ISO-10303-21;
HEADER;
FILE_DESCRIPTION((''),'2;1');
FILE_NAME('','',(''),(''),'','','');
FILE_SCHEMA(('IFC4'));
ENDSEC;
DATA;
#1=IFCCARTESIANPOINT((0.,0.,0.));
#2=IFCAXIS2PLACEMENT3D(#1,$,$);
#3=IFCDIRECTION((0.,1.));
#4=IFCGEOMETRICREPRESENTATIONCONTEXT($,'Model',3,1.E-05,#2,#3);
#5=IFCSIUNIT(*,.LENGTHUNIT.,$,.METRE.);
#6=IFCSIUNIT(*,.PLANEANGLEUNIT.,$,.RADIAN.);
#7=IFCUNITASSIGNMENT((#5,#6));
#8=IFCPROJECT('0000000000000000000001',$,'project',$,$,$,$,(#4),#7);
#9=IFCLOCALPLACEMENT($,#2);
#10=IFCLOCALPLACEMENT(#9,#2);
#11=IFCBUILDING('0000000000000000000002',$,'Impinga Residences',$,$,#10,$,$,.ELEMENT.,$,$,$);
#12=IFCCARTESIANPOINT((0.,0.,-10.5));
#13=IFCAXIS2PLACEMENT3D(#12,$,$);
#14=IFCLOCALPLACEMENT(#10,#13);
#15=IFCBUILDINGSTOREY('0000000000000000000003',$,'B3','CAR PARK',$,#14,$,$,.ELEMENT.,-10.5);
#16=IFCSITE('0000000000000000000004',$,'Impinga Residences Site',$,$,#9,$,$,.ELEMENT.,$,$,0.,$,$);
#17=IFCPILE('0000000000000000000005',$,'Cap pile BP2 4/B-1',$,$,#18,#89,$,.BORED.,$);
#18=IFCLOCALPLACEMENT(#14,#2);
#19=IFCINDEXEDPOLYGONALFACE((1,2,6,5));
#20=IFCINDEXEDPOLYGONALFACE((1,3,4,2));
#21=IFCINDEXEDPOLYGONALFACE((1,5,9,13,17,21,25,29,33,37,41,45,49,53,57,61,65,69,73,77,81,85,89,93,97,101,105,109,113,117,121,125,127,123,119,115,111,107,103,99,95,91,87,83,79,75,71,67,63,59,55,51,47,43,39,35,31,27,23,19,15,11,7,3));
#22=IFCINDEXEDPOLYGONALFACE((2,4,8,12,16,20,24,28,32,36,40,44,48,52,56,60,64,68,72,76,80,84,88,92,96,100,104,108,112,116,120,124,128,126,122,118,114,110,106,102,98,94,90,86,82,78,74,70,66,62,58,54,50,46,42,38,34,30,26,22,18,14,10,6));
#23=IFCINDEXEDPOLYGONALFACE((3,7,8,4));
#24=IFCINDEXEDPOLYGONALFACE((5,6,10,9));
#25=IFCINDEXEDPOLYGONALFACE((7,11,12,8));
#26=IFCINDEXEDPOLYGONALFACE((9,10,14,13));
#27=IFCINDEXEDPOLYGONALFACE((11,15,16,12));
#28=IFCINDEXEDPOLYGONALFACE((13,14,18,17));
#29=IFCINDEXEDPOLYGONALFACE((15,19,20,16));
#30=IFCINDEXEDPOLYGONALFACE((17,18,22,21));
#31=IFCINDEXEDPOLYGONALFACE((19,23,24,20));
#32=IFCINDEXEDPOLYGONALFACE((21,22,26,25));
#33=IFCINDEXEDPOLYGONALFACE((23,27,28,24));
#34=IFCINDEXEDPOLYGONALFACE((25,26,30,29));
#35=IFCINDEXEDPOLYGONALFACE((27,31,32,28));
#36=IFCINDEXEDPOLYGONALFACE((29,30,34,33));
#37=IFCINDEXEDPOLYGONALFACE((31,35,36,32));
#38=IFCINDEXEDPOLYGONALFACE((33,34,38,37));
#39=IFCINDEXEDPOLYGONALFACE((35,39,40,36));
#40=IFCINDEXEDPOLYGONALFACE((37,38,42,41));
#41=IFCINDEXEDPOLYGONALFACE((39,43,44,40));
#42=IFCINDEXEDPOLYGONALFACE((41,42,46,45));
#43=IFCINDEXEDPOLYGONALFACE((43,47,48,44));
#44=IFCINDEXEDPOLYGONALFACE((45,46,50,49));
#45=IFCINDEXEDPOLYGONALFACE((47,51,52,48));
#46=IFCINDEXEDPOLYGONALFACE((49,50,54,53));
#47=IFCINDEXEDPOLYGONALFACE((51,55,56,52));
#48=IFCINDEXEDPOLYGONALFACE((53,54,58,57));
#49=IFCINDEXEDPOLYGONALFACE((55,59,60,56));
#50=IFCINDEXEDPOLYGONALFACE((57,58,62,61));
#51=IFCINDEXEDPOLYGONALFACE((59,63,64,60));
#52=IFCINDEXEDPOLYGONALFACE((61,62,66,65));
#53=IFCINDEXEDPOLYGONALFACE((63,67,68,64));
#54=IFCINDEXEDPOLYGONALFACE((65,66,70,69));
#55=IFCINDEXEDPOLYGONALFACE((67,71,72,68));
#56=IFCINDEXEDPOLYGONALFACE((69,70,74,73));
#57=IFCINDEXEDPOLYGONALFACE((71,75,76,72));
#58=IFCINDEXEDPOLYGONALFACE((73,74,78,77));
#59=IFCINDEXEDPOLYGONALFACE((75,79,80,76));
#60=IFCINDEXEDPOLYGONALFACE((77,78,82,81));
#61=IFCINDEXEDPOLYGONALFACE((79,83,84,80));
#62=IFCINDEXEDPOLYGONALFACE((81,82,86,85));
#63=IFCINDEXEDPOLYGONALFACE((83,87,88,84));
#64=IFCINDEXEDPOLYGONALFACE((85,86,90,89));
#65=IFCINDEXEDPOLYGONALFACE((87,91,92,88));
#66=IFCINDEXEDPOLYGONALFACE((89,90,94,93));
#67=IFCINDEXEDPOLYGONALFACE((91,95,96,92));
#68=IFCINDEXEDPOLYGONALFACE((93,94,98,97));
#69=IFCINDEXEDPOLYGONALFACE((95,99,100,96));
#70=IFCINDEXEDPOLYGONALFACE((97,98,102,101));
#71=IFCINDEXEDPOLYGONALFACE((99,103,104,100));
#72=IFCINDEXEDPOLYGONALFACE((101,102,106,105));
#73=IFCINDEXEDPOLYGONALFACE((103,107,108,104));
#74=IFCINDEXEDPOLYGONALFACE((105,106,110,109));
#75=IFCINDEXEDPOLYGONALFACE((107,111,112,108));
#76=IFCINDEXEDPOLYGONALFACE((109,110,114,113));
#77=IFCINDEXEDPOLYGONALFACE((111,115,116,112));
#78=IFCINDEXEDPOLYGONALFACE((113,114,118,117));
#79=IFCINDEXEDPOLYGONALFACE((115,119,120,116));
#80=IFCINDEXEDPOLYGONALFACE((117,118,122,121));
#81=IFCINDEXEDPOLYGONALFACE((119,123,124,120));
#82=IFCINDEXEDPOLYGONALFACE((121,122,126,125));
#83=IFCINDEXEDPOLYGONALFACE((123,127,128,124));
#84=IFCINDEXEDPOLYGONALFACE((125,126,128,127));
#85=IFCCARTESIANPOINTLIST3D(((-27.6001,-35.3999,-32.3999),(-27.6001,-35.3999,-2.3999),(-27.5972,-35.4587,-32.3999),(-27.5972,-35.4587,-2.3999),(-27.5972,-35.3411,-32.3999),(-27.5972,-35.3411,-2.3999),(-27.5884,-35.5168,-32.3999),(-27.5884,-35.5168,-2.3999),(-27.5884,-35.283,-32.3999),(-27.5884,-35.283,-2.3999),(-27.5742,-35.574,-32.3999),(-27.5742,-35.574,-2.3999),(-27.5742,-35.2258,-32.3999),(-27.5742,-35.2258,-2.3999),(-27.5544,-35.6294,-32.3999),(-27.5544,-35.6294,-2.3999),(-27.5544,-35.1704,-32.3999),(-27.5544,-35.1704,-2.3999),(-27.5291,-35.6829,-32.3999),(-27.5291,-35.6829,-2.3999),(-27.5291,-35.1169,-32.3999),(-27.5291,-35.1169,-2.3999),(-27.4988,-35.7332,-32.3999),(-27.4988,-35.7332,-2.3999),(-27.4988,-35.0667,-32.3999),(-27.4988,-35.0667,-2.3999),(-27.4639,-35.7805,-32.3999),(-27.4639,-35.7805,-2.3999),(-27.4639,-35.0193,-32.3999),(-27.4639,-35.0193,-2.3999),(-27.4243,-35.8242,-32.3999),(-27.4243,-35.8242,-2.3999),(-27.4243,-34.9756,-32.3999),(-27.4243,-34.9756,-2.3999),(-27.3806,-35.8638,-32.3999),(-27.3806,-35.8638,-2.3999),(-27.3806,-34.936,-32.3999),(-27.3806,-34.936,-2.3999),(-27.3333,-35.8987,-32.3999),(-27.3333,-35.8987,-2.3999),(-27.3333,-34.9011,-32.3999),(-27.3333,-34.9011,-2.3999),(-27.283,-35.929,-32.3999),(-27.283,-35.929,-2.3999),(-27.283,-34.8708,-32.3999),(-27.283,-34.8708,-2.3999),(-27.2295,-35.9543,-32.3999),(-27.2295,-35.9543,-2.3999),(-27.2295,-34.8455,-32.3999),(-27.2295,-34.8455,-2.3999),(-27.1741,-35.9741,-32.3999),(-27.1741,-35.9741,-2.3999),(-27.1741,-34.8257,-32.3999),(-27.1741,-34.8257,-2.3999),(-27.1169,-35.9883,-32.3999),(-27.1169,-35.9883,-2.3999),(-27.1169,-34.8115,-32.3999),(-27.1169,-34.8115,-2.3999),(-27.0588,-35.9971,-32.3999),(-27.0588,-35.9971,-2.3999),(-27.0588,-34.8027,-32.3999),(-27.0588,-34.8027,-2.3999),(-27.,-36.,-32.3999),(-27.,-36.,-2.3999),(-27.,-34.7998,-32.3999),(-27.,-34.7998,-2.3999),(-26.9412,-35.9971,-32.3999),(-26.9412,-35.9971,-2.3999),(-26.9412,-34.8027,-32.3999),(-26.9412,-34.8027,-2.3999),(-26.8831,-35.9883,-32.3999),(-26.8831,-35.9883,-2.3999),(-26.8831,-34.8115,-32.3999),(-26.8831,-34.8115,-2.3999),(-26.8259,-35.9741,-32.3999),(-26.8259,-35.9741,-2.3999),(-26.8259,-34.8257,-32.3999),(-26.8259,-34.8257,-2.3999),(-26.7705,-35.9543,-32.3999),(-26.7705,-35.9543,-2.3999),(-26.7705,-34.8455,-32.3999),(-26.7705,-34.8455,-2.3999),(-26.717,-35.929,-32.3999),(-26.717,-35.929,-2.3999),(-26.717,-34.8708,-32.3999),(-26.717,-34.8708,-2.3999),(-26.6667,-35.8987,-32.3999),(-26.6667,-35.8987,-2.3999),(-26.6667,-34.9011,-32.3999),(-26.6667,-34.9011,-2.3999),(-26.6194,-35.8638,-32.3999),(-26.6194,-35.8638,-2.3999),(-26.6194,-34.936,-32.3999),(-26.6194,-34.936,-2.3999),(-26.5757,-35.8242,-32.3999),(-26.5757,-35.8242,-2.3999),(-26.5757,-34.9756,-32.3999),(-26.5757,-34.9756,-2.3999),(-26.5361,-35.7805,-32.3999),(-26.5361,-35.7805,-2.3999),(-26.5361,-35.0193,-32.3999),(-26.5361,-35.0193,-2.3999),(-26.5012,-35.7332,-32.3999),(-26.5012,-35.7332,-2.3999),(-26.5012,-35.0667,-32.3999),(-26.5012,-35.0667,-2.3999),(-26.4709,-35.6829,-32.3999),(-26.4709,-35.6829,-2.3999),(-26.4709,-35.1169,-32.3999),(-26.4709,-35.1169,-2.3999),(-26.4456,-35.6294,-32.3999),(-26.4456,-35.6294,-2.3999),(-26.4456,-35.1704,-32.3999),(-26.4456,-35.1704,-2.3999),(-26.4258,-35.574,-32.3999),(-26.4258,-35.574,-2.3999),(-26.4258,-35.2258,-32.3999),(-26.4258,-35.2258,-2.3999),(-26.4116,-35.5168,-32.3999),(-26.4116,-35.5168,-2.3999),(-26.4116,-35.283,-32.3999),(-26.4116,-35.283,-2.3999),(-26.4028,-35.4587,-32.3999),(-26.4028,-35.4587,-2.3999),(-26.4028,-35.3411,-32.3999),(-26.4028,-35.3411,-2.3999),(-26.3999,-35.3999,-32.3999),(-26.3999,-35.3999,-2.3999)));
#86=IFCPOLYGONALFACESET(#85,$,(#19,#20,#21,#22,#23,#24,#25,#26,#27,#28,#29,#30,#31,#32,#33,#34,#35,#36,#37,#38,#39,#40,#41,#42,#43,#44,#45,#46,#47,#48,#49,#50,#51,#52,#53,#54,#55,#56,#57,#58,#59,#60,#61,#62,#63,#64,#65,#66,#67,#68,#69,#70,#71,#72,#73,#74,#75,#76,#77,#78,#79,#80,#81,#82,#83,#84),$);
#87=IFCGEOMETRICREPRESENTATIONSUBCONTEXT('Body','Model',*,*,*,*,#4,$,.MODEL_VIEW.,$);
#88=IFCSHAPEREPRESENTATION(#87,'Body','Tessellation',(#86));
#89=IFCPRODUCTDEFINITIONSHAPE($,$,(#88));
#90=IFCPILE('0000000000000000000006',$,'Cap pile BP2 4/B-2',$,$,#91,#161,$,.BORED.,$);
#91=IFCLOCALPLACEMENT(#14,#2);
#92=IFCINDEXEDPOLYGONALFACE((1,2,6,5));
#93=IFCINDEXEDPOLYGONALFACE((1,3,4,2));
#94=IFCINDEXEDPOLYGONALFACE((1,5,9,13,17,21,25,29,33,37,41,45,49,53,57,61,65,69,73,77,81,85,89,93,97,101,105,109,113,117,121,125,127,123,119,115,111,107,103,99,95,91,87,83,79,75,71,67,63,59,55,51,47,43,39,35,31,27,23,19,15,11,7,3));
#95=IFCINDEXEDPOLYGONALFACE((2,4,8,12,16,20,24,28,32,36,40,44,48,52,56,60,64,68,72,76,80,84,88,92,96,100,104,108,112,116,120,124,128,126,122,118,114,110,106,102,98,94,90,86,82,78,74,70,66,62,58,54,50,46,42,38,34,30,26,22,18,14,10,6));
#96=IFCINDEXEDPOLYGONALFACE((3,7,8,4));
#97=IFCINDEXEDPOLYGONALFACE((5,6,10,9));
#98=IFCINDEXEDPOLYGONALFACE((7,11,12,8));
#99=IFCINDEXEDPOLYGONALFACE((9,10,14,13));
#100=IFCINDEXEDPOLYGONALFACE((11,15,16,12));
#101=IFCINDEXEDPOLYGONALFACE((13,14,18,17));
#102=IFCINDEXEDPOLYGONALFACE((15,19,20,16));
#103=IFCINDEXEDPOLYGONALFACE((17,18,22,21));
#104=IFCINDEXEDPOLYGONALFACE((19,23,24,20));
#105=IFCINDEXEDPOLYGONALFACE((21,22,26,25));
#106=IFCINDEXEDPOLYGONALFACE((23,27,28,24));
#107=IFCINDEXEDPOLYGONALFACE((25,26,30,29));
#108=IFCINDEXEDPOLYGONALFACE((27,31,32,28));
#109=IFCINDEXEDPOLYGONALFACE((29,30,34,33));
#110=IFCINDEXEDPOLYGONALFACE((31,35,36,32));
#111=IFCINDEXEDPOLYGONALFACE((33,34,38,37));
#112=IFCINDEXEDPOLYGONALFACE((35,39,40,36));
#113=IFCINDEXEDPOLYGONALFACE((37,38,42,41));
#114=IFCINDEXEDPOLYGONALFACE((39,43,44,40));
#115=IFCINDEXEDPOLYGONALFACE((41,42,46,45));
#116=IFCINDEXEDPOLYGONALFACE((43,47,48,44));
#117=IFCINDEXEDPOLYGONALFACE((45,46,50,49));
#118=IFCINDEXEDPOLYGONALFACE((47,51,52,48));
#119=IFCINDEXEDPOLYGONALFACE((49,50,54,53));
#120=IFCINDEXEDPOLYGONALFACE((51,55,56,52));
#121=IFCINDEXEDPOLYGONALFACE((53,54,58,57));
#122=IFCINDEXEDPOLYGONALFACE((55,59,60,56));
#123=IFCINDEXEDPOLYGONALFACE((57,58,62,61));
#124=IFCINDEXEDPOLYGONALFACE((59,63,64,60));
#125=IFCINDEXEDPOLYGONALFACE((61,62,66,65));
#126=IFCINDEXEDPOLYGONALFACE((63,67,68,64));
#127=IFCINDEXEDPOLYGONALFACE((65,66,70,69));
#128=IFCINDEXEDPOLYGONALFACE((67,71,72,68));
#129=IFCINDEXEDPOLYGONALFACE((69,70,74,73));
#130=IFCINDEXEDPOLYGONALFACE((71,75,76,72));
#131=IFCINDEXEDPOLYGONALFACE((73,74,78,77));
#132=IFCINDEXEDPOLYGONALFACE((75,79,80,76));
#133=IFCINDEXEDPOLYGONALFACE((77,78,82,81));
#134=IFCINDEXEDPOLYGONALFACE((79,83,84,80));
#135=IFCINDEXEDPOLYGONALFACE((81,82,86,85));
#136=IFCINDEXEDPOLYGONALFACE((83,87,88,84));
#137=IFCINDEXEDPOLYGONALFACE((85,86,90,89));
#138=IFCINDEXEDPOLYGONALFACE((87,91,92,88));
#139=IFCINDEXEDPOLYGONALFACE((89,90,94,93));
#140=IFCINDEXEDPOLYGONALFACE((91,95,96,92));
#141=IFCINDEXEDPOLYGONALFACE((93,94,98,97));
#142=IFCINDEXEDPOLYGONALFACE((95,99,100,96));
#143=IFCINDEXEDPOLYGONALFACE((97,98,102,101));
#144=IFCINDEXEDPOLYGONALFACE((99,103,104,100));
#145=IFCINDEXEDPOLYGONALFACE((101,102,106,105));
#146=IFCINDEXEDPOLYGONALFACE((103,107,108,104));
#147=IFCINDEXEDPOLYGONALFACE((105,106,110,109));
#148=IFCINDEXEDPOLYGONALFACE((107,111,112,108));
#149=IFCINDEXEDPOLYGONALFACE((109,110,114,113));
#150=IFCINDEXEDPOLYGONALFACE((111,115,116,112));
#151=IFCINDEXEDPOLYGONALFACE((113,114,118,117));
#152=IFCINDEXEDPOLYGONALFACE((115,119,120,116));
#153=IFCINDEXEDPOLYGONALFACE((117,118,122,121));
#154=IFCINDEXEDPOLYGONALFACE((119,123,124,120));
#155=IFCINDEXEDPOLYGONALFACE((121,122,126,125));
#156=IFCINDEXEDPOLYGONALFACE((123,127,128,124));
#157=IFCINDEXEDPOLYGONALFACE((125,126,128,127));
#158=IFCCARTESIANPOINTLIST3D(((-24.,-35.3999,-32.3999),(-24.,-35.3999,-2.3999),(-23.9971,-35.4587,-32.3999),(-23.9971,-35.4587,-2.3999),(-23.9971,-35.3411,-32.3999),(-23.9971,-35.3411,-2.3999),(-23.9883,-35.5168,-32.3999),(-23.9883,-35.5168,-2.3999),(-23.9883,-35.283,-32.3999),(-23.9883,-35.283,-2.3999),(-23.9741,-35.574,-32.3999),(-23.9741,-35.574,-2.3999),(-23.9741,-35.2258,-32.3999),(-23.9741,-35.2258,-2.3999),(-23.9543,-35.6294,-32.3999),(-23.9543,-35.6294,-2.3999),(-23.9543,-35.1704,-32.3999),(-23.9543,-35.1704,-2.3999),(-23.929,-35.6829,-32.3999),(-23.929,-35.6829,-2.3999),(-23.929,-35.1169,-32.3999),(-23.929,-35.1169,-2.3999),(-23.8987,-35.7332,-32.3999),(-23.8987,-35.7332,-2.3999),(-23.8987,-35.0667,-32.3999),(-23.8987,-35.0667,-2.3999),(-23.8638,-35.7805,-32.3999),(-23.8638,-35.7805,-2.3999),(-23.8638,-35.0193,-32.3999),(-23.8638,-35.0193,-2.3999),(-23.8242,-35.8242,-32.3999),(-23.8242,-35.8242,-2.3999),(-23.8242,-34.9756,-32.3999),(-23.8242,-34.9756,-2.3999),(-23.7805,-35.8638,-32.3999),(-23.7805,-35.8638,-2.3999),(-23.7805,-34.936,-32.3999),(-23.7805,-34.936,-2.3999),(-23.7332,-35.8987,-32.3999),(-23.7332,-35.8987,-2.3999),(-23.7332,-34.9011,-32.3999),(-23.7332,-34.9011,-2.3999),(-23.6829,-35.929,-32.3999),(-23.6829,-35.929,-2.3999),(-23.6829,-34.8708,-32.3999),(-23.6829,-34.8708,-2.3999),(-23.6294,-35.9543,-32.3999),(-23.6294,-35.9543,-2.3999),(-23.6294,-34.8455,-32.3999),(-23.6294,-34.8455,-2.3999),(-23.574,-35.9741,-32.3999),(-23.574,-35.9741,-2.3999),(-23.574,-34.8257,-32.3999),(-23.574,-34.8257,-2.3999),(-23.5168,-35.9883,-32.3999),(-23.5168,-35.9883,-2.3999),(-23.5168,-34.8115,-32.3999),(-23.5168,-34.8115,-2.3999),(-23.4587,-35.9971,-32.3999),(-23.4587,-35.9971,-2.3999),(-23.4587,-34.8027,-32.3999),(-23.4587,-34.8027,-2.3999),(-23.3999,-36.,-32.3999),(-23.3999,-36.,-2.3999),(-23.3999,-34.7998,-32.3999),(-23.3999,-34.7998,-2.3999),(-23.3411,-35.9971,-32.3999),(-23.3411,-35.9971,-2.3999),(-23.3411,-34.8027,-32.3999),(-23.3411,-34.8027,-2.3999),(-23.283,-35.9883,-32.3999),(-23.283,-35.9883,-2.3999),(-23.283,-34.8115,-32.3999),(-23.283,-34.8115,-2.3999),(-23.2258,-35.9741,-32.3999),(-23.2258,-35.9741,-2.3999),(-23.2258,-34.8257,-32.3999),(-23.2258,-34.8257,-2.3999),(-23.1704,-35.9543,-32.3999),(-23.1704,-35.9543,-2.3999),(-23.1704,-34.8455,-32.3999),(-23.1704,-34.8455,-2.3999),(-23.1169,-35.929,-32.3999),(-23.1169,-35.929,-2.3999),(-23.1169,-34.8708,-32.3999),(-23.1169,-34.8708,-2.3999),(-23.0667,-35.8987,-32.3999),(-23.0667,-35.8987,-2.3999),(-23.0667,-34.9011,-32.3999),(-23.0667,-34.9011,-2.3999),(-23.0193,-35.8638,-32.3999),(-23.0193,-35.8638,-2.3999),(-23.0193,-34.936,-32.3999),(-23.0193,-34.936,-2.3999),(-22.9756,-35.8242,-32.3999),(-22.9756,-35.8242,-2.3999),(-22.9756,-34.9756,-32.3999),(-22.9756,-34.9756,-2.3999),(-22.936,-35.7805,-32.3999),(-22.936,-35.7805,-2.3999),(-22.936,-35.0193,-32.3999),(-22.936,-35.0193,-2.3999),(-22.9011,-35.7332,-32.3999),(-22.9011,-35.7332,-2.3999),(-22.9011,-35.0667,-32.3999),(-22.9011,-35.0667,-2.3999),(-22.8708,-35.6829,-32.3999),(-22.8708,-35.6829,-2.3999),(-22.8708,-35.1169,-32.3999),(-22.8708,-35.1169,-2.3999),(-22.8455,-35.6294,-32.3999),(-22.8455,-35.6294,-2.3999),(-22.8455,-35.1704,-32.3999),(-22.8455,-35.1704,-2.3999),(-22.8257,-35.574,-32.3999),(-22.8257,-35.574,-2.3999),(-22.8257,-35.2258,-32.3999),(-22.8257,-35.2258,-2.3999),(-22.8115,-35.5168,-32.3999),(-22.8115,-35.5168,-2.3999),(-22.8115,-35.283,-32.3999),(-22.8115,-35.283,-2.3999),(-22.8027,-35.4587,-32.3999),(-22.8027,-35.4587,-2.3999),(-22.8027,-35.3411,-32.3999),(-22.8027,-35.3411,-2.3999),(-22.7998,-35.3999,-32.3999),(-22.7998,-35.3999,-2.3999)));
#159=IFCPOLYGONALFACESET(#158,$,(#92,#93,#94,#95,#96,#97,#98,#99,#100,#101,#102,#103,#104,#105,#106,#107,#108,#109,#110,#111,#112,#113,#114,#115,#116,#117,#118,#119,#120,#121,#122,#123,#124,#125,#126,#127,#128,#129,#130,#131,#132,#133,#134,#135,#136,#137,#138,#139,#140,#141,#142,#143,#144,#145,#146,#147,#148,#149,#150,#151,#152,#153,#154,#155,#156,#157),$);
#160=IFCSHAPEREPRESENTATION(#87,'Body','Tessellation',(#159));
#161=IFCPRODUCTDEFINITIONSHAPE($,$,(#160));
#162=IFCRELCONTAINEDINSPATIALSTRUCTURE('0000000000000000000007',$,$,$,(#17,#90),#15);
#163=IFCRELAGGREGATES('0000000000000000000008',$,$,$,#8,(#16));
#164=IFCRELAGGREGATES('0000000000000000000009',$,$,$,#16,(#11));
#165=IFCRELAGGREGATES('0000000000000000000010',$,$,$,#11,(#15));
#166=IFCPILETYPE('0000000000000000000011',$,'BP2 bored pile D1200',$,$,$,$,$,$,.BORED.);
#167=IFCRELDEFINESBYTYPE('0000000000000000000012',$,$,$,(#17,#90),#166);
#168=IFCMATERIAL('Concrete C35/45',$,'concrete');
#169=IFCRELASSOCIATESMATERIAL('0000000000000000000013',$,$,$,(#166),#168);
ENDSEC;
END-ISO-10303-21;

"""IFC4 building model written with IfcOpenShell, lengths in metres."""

from ifc_helpers import new_model, si_unit, direction, frame, origin, origin_2d, place, context, subcontext, project, spatial, polyline, circle, outline, extrude, material, material_profile, profile_set, type_object, element, save


model = new_model("IFC4")

# Units and contexts
model_context = context("Model", 3, precision=1e-05, world=origin(), true_north=direction((0.0, 1.0)))
body_context = subcontext(model_context, "Body", "Model", "MODEL_VIEW")
ifc_project = project(units=[si_unit("LENGTHUNIT", "METRE"), si_unit("PLANEANGLEUNIT", "RADIAN")], contexts=[model_context])

# Site, building, storey
site_placement = place(None, origin())
site = spatial("IfcSite", under=ifc_project, at=site_placement, Name="Impinga Residences Site", CompositionType="ELEMENT", RefElevation=0.0)
building_placement = place(site_placement, origin())
building = spatial("IfcBuilding", under=site, at=building_placement, Name="Impinga Residences", CompositionType="ELEMENT")
storey_placement = place(building_placement, frame((0.0, 0.0, -10.5)))
storey = spatial("IfcBuildingStorey", under=building, at=storey_placement, Name="B3", Description="CAR PARK", CompositionType="ELEMENT", Elevation=-10.5)

# Piles
ifc_material_1 = material(Name="Concrete C35/45", Category="concrete")
ifc_material_profile_1 = material_profile(ifc_material_1, circle(Radius=0.6001, at=origin_2d()), Name="D1200")
ifc_profile_set_1 = profile_set([ifc_material_profile_1], Name="Concrete C35/45")
pile_type_1 = type_object("IfcPileType", Name="BP2 bored pile D1200", PredefinedType="BORED", material=ifc_profile_set_1)
pile_1_placement = place(storey_placement, frame((-27.0, -35.3999, -2.3999), z_axis=(0.0, 0.0, -1.0), x_axis=(1.0, 0.0, 0.0)))
element("IfcPile", 1, at=pile_1_placement, inside=storey, type_object=pile_type_1, Name="Cap pile BP2 4/B-1", PredefinedType="BORED", context=body_context, shape_type="SweptSolid", body=[
    extrude(outline(polyline([(0.6001, 0.0), (0.5972, 0.0588), (0.5884, 0.1169), (0.5742, 0.1741), (0.5544, 0.2295), (0.5291, 0.283), (0.4988, 0.3333), (0.4639, 0.3806), (0.4243, 0.4243), (0.3806, 0.4639), (0.3333, 0.4988), (0.283, 0.5291), (0.2295, 0.5544), (0.1741, 0.5742), (0.1169, 0.5884), (0.0588, 0.5972), (0.0, 0.6001), (-0.0588, 0.5972), (-0.1169, 0.5884), (-0.1741, 0.5742), (-0.2295, 0.5544), (-0.283, 0.5291), (-0.3333, 0.4988), (-0.3806, 0.4639), (-0.4243, 0.4243), (-0.4639, 0.3806), (-0.4988, 0.3333), (-0.5291, 0.283), (-0.5544, 0.2295), (-0.5742, 0.1741), (-0.5884, 0.1169), (-0.5972, 0.0588), (-0.6001, 0.0), (-0.5972, -0.0588), (-0.5884, -0.1169), (-0.5742, -0.1741), (-0.5544, -0.2295), (-0.5291, -0.283), (-0.4988, -0.3333), (-0.4639, -0.3806), (-0.4243, -0.4243), (-0.3806, -0.4639), (-0.3333, -0.4988), (-0.283, -0.5291), (-0.2295, -0.5544), (-0.1741, -0.5742), (-0.1169, -0.5884), (-0.0588, -0.5972), (0.0, -0.6001), (0.0588, -0.5972), (0.1169, -0.5884), (0.1741, -0.5742), (0.2295, -0.5544), (0.283, -0.5291), (0.3333, -0.4988), (0.3806, -0.4639), (0.4243, -0.4243), (0.4639, -0.3806), (0.4988, -0.3333), (0.5291, -0.283), (0.5544, -0.2295), (0.5742, -0.1741), (0.5884, -0.1169), (0.5972, -0.0588), (0.6001, 0.0)])), origin(), (0.0, 0.0, 1.0), 30.0),
])
pile_2_placement = place(storey_placement, frame((-23.3999, -35.3999, -2.3999), z_axis=(0.0, 0.0, -1.0), x_axis=(1.0, 0.0, 0.0)))
element("IfcPile", 2, at=pile_2_placement, inside=storey, type_object=pile_type_1, Name="Cap pile BP2 4/B-2", PredefinedType="BORED", context=body_context, shape_type="SweptSolid", body=[
    extrude(outline(polyline([(0.6001, 0.0), (0.5972, 0.0588), (0.5884, 0.1169), (0.5742, 0.1741), (0.5544, 0.2295), (0.5291, 0.283), (0.4988, 0.3333), (0.4639, 0.3806), (0.4243, 0.4243), (0.3806, 0.4639), (0.3333, 0.4988), (0.283, 0.5291), (0.2295, 0.5544), (0.1741, 0.5742), (0.1169, 0.5884), (0.0588, 0.5972), (0.0, 0.6001), (-0.0588, 0.5972), (-0.1169, 0.5884), (-0.1741, 0.5742), (-0.2295, 0.5544), (-0.283, 0.5291), (-0.3333, 0.4988), (-0.3806, 0.4639), (-0.4243, 0.4243), (-0.4639, 0.3806), (-0.4988, 0.3333), (-0.5291, 0.283), (-0.5544, 0.2295), (-0.5742, 0.1741), (-0.5884, 0.1169), (-0.5972, 0.0588), (-0.6001, 0.0), (-0.5972, -0.0588), (-0.5884, -0.1169), (-0.5742, -0.1741), (-0.5544, -0.2295), (-0.5291, -0.283), (-0.4988, -0.3333), (-0.4639, -0.3806), (-0.4243, -0.4243), (-0.3806, -0.4639), (-0.3333, -0.4988), (-0.283, -0.5291), (-0.2295, -0.5544), (-0.1741, -0.5742), (-0.1169, -0.5884), (-0.0588, -0.5972), (0.0, -0.6001), (0.0588, -0.5972), (0.1169, -0.5884), (0.1741, -0.5742), (0.2295, -0.5544), (0.283, -0.5291), (0.3333, -0.4988), (0.3806, -0.4639), (0.4243, -0.4243), (0.4639, -0.3806), (0.4988, -0.3333), (0.5291, -0.283), (0.5544, -0.2295), (0.5742, -0.1741), (0.5884, -0.1169), (0.5972, -0.0588), (0.6001, 0.0)])), origin(), (0.0, 0.0, 1.0), 30.0),
])

save(model, "model.ifc")
